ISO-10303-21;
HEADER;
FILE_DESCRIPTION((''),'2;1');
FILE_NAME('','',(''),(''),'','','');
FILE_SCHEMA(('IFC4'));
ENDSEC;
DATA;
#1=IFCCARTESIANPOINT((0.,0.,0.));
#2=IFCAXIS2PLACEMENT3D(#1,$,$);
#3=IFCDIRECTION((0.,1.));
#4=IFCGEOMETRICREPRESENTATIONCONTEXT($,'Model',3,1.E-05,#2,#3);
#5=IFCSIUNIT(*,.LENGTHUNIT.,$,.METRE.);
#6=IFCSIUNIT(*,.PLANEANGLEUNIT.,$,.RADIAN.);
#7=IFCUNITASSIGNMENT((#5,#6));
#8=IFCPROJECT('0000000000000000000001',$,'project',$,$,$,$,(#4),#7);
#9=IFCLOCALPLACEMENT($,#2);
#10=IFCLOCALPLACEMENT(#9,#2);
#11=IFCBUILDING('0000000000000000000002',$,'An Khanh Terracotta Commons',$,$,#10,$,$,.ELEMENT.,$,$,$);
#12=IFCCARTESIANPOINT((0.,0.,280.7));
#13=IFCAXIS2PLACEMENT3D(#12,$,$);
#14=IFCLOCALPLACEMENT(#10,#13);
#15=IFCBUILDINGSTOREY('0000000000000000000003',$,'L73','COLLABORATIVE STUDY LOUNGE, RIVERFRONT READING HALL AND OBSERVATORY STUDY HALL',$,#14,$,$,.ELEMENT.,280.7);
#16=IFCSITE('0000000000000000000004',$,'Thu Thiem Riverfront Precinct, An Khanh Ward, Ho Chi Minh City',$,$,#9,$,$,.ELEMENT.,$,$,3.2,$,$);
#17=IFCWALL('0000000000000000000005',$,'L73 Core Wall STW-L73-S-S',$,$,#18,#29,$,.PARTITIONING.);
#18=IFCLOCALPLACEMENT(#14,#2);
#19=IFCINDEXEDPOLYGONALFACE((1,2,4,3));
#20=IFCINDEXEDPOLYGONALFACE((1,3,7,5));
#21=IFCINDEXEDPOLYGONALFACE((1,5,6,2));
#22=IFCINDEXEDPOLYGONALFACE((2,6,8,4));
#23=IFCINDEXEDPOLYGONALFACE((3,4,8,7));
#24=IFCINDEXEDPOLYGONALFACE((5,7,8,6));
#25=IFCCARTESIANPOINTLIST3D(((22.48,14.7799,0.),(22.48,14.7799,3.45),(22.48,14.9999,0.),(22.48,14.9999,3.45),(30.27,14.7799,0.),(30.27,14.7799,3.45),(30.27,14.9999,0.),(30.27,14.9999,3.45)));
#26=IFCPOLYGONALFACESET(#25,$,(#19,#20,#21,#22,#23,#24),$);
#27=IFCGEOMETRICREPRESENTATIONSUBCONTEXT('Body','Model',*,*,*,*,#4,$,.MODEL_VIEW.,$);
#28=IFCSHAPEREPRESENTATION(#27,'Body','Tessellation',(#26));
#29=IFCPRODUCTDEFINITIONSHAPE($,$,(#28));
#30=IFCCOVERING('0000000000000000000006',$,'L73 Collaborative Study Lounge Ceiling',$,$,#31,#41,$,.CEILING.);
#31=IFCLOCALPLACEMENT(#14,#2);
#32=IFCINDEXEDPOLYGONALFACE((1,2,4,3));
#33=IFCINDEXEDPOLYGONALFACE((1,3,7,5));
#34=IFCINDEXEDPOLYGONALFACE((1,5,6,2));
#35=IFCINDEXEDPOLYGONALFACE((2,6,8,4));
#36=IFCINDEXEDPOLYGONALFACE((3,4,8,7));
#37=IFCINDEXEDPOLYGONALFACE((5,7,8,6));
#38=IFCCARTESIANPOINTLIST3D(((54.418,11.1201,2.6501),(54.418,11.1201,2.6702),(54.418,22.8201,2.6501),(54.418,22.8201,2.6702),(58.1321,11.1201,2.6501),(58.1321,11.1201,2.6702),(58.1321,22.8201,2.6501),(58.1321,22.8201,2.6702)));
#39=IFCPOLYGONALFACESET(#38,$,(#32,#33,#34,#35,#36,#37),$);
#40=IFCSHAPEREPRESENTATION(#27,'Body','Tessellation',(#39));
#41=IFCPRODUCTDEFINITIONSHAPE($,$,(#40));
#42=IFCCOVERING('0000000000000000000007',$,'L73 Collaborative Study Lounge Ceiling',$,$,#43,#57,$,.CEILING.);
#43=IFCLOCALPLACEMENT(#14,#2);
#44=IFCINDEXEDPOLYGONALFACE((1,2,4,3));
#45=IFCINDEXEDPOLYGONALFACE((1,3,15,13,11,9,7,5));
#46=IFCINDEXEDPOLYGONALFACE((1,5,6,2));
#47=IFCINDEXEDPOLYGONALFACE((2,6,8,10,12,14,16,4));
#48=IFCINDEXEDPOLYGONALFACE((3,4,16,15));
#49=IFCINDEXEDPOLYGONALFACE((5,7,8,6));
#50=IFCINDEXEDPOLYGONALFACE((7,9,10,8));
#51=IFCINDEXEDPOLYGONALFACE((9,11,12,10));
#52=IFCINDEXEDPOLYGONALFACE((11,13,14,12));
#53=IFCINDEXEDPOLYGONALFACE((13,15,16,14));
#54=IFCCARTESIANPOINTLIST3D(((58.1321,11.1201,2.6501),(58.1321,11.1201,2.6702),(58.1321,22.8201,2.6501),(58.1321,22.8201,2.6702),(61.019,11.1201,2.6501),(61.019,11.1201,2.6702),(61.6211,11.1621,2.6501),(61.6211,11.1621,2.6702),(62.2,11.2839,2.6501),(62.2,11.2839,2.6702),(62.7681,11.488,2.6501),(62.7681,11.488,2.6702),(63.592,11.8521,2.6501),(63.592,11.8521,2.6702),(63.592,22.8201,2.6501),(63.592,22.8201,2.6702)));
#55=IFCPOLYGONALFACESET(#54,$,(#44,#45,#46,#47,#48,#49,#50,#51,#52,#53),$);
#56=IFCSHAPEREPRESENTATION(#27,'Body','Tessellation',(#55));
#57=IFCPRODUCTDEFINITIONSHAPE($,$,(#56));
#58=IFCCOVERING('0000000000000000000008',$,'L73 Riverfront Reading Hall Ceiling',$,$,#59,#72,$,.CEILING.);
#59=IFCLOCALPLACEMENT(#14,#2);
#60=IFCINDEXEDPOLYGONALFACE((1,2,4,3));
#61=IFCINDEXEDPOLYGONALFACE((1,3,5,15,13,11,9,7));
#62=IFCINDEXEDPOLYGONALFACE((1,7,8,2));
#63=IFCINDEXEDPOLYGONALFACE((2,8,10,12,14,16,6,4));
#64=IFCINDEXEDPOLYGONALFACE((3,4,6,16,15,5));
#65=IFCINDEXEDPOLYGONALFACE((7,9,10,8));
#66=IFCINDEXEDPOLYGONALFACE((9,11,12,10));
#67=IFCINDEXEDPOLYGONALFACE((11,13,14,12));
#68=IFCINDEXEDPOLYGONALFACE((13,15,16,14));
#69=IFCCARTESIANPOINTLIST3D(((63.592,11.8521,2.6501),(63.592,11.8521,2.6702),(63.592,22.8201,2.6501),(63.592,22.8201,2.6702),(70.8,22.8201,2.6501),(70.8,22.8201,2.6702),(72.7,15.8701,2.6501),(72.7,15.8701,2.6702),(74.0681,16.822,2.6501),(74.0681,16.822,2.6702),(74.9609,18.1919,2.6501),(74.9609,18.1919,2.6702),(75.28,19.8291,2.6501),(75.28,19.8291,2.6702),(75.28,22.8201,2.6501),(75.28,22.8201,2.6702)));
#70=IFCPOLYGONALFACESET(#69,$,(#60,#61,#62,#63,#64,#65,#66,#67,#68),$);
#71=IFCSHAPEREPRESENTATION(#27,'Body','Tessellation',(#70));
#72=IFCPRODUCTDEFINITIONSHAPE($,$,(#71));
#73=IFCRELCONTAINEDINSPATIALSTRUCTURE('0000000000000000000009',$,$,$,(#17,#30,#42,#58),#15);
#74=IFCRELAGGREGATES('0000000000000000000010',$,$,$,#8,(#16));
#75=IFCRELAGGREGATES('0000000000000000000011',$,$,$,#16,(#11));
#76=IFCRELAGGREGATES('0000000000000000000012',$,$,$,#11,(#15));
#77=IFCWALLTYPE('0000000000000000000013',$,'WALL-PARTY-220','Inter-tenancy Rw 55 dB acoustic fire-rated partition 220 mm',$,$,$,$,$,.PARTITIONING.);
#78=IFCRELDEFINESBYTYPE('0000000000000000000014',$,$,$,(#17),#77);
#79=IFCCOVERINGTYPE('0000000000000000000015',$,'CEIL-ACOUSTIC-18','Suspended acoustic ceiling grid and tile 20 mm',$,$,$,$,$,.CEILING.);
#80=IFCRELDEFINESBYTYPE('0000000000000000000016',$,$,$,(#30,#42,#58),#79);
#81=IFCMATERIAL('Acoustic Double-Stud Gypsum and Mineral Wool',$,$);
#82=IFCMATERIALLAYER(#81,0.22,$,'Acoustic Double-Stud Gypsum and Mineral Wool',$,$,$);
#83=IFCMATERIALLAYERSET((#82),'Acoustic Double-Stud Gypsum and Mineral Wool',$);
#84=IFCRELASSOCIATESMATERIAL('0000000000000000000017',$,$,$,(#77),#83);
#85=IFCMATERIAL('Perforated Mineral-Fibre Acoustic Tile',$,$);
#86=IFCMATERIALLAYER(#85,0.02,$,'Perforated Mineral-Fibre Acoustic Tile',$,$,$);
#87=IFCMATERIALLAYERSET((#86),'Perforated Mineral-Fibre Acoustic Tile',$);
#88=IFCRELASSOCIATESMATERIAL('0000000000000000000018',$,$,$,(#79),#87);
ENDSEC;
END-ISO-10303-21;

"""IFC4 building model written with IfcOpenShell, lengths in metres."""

from ifc_helpers import new_model, si_unit, direction, frame, frame_2d, origin, place, context, subcontext, project, spatial, polyline, rectangle, outline, extrude, material, layer, layer_set, type_object, element, save


model = new_model("IFC4")

# Units and contexts
model_context = context("Model", 3, precision=1e-05, world=origin(), true_north=direction((0.0, 1.0)))
body_context = subcontext(model_context, "Body", "Model", "MODEL_VIEW")
ifc_project = project(units=[si_unit("LENGTHUNIT", "METRE"), si_unit("PLANEANGLEUNIT", "RADIAN")], contexts=[model_context])

# Site, building, storey
site_placement = place(None, origin())
site = spatial("IfcSite", under=ifc_project, at=site_placement, Name="Thu Thiem Riverfront Precinct, An Khanh Ward, Ho Chi Minh City", CompositionType="ELEMENT", RefElevation=3.2)
building_placement = place(site_placement, origin())
building = spatial("IfcBuilding", under=site, at=building_placement, Name="An Khanh Terracotta Commons", CompositionType="ELEMENT")
storey_placement = place(building_placement, frame((0.0, 0.0, 280.7)))
storey = spatial("IfcBuildingStorey", under=building, at=storey_placement, Name="L73", Description="COLLABORATIVE STUDY LOUNGE, RIVERFRONT READING HALL AND OBSERVATORY STUDY HALL", CompositionType="ELEMENT", Elevation=280.7)

# Wall
ifc_material_1 = material(Name="Acoustic Double-Stud Gypsum and Mineral Wool")
ifc_layer_1 = layer(ifc_material_1, 0.22, Name="Acoustic Double-Stud Gypsum and Mineral Wool")
ifc_layer_set_1 = layer_set([ifc_layer_1], Name="Acoustic Double-Stud Gypsum and Mineral Wool")
wall_type_1 = type_object("IfcWallType", Name="WALL-PARTY-220", Description="Inter-tenancy Rw 55 dB acoustic fire-rated partition 220 mm", PredefinedType="PARTITIONING", material=ifc_layer_set_1)
wall_1_placement = place(storey_placement, frame((22.48, 14.8899, 0.0), z_axis=(0.0, 0.0, 1.0), x_axis=(1.0, 0.0, 0.0)))
element("IfcWall", 1, at=wall_1_placement, inside=storey, type_object=wall_type_1, Name="L73 Core Wall STW-L73-S-S", PredefinedType="PARTITIONING", context=body_context, shape_type="SweptSolid", body=[
    extrude(rectangle(XDim=7.79, YDim=0.22, at=frame_2d((3.895, 0.0))), origin(), (0.0, 0.0, 1.0), 3.45),
])

# Coverings
ifc_material_2 = material(Name="Perforated Mineral-Fibre Acoustic Tile")
ifc_layer_2 = layer(ifc_material_2, 0.02, Name="Perforated Mineral-Fibre Acoustic Tile")
ifc_layer_set_2 = layer_set([ifc_layer_2], Name="Perforated Mineral-Fibre Acoustic Tile")
covering_type = type_object("IfcCoveringType", Name="CEIL-ACOUSTIC-18", Description="Suspended acoustic ceiling grid and tile 20 mm", PredefinedType="CEILING", material=ifc_layer_set_2)
covering_1_placement = place(storey_placement, frame((0.0, 0.0, 2.6501)))
element("IfcCovering", 2, at=covering_1_placement, inside=storey, type_object=covering_type, Name="L73 Collaborative Study Lounge Ceiling", PredefinedType="CEILING", context=body_context, shape_type="SweptSolid", body=[
    extrude(outline(polyline([(54.418, 11.1201), (54.418, 22.8201), (58.1321, 22.8201), (58.1321, 11.1201), (54.418, 11.1201)])), origin(), (0.0, 0.0, 1.0), 0.02),
])
covering_2_placement = place(storey_placement, frame((0.0, 0.0, 2.6501)))
element("IfcCovering", 3, at=covering_2_placement, inside=storey, type_object=covering_type, Name="L73 Collaborative Study Lounge Ceiling", PredefinedType="CEILING", context=body_context, shape_type="SweptSolid", body=[
    extrude(outline(polyline([(62.7681, 11.488), (62.2, 11.2839), (61.6211, 11.1621), (61.019, 11.1201), (58.1321, 11.1201), (58.1321, 22.8201), (63.592, 22.8201), (63.592, 11.8521), (62.7681, 11.488)])), origin(), (0.0, 0.0, 1.0), 0.02),
])
covering_3_placement = place(storey_placement, frame((0.0, 0.0, 2.6501)))
element("IfcCovering", 4, at=covering_3_placement, inside=storey, type_object=covering_type, Name="L73 Riverfront Reading Hall Ceiling", PredefinedType="CEILING", context=body_context, shape_type="SweptSolid", body=[
    extrude(outline(polyline([(75.28, 19.8291), (74.9609, 18.1919), (74.0681, 16.822), (72.7, 15.8701), (63.592, 11.8521), (63.592, 22.8201), (70.8, 22.8201), (75.28, 22.8201), (75.28, 19.8291)])), origin(), (0.0, 0.0, 1.0), 0.02),
])

save(model, "model.ifc")
